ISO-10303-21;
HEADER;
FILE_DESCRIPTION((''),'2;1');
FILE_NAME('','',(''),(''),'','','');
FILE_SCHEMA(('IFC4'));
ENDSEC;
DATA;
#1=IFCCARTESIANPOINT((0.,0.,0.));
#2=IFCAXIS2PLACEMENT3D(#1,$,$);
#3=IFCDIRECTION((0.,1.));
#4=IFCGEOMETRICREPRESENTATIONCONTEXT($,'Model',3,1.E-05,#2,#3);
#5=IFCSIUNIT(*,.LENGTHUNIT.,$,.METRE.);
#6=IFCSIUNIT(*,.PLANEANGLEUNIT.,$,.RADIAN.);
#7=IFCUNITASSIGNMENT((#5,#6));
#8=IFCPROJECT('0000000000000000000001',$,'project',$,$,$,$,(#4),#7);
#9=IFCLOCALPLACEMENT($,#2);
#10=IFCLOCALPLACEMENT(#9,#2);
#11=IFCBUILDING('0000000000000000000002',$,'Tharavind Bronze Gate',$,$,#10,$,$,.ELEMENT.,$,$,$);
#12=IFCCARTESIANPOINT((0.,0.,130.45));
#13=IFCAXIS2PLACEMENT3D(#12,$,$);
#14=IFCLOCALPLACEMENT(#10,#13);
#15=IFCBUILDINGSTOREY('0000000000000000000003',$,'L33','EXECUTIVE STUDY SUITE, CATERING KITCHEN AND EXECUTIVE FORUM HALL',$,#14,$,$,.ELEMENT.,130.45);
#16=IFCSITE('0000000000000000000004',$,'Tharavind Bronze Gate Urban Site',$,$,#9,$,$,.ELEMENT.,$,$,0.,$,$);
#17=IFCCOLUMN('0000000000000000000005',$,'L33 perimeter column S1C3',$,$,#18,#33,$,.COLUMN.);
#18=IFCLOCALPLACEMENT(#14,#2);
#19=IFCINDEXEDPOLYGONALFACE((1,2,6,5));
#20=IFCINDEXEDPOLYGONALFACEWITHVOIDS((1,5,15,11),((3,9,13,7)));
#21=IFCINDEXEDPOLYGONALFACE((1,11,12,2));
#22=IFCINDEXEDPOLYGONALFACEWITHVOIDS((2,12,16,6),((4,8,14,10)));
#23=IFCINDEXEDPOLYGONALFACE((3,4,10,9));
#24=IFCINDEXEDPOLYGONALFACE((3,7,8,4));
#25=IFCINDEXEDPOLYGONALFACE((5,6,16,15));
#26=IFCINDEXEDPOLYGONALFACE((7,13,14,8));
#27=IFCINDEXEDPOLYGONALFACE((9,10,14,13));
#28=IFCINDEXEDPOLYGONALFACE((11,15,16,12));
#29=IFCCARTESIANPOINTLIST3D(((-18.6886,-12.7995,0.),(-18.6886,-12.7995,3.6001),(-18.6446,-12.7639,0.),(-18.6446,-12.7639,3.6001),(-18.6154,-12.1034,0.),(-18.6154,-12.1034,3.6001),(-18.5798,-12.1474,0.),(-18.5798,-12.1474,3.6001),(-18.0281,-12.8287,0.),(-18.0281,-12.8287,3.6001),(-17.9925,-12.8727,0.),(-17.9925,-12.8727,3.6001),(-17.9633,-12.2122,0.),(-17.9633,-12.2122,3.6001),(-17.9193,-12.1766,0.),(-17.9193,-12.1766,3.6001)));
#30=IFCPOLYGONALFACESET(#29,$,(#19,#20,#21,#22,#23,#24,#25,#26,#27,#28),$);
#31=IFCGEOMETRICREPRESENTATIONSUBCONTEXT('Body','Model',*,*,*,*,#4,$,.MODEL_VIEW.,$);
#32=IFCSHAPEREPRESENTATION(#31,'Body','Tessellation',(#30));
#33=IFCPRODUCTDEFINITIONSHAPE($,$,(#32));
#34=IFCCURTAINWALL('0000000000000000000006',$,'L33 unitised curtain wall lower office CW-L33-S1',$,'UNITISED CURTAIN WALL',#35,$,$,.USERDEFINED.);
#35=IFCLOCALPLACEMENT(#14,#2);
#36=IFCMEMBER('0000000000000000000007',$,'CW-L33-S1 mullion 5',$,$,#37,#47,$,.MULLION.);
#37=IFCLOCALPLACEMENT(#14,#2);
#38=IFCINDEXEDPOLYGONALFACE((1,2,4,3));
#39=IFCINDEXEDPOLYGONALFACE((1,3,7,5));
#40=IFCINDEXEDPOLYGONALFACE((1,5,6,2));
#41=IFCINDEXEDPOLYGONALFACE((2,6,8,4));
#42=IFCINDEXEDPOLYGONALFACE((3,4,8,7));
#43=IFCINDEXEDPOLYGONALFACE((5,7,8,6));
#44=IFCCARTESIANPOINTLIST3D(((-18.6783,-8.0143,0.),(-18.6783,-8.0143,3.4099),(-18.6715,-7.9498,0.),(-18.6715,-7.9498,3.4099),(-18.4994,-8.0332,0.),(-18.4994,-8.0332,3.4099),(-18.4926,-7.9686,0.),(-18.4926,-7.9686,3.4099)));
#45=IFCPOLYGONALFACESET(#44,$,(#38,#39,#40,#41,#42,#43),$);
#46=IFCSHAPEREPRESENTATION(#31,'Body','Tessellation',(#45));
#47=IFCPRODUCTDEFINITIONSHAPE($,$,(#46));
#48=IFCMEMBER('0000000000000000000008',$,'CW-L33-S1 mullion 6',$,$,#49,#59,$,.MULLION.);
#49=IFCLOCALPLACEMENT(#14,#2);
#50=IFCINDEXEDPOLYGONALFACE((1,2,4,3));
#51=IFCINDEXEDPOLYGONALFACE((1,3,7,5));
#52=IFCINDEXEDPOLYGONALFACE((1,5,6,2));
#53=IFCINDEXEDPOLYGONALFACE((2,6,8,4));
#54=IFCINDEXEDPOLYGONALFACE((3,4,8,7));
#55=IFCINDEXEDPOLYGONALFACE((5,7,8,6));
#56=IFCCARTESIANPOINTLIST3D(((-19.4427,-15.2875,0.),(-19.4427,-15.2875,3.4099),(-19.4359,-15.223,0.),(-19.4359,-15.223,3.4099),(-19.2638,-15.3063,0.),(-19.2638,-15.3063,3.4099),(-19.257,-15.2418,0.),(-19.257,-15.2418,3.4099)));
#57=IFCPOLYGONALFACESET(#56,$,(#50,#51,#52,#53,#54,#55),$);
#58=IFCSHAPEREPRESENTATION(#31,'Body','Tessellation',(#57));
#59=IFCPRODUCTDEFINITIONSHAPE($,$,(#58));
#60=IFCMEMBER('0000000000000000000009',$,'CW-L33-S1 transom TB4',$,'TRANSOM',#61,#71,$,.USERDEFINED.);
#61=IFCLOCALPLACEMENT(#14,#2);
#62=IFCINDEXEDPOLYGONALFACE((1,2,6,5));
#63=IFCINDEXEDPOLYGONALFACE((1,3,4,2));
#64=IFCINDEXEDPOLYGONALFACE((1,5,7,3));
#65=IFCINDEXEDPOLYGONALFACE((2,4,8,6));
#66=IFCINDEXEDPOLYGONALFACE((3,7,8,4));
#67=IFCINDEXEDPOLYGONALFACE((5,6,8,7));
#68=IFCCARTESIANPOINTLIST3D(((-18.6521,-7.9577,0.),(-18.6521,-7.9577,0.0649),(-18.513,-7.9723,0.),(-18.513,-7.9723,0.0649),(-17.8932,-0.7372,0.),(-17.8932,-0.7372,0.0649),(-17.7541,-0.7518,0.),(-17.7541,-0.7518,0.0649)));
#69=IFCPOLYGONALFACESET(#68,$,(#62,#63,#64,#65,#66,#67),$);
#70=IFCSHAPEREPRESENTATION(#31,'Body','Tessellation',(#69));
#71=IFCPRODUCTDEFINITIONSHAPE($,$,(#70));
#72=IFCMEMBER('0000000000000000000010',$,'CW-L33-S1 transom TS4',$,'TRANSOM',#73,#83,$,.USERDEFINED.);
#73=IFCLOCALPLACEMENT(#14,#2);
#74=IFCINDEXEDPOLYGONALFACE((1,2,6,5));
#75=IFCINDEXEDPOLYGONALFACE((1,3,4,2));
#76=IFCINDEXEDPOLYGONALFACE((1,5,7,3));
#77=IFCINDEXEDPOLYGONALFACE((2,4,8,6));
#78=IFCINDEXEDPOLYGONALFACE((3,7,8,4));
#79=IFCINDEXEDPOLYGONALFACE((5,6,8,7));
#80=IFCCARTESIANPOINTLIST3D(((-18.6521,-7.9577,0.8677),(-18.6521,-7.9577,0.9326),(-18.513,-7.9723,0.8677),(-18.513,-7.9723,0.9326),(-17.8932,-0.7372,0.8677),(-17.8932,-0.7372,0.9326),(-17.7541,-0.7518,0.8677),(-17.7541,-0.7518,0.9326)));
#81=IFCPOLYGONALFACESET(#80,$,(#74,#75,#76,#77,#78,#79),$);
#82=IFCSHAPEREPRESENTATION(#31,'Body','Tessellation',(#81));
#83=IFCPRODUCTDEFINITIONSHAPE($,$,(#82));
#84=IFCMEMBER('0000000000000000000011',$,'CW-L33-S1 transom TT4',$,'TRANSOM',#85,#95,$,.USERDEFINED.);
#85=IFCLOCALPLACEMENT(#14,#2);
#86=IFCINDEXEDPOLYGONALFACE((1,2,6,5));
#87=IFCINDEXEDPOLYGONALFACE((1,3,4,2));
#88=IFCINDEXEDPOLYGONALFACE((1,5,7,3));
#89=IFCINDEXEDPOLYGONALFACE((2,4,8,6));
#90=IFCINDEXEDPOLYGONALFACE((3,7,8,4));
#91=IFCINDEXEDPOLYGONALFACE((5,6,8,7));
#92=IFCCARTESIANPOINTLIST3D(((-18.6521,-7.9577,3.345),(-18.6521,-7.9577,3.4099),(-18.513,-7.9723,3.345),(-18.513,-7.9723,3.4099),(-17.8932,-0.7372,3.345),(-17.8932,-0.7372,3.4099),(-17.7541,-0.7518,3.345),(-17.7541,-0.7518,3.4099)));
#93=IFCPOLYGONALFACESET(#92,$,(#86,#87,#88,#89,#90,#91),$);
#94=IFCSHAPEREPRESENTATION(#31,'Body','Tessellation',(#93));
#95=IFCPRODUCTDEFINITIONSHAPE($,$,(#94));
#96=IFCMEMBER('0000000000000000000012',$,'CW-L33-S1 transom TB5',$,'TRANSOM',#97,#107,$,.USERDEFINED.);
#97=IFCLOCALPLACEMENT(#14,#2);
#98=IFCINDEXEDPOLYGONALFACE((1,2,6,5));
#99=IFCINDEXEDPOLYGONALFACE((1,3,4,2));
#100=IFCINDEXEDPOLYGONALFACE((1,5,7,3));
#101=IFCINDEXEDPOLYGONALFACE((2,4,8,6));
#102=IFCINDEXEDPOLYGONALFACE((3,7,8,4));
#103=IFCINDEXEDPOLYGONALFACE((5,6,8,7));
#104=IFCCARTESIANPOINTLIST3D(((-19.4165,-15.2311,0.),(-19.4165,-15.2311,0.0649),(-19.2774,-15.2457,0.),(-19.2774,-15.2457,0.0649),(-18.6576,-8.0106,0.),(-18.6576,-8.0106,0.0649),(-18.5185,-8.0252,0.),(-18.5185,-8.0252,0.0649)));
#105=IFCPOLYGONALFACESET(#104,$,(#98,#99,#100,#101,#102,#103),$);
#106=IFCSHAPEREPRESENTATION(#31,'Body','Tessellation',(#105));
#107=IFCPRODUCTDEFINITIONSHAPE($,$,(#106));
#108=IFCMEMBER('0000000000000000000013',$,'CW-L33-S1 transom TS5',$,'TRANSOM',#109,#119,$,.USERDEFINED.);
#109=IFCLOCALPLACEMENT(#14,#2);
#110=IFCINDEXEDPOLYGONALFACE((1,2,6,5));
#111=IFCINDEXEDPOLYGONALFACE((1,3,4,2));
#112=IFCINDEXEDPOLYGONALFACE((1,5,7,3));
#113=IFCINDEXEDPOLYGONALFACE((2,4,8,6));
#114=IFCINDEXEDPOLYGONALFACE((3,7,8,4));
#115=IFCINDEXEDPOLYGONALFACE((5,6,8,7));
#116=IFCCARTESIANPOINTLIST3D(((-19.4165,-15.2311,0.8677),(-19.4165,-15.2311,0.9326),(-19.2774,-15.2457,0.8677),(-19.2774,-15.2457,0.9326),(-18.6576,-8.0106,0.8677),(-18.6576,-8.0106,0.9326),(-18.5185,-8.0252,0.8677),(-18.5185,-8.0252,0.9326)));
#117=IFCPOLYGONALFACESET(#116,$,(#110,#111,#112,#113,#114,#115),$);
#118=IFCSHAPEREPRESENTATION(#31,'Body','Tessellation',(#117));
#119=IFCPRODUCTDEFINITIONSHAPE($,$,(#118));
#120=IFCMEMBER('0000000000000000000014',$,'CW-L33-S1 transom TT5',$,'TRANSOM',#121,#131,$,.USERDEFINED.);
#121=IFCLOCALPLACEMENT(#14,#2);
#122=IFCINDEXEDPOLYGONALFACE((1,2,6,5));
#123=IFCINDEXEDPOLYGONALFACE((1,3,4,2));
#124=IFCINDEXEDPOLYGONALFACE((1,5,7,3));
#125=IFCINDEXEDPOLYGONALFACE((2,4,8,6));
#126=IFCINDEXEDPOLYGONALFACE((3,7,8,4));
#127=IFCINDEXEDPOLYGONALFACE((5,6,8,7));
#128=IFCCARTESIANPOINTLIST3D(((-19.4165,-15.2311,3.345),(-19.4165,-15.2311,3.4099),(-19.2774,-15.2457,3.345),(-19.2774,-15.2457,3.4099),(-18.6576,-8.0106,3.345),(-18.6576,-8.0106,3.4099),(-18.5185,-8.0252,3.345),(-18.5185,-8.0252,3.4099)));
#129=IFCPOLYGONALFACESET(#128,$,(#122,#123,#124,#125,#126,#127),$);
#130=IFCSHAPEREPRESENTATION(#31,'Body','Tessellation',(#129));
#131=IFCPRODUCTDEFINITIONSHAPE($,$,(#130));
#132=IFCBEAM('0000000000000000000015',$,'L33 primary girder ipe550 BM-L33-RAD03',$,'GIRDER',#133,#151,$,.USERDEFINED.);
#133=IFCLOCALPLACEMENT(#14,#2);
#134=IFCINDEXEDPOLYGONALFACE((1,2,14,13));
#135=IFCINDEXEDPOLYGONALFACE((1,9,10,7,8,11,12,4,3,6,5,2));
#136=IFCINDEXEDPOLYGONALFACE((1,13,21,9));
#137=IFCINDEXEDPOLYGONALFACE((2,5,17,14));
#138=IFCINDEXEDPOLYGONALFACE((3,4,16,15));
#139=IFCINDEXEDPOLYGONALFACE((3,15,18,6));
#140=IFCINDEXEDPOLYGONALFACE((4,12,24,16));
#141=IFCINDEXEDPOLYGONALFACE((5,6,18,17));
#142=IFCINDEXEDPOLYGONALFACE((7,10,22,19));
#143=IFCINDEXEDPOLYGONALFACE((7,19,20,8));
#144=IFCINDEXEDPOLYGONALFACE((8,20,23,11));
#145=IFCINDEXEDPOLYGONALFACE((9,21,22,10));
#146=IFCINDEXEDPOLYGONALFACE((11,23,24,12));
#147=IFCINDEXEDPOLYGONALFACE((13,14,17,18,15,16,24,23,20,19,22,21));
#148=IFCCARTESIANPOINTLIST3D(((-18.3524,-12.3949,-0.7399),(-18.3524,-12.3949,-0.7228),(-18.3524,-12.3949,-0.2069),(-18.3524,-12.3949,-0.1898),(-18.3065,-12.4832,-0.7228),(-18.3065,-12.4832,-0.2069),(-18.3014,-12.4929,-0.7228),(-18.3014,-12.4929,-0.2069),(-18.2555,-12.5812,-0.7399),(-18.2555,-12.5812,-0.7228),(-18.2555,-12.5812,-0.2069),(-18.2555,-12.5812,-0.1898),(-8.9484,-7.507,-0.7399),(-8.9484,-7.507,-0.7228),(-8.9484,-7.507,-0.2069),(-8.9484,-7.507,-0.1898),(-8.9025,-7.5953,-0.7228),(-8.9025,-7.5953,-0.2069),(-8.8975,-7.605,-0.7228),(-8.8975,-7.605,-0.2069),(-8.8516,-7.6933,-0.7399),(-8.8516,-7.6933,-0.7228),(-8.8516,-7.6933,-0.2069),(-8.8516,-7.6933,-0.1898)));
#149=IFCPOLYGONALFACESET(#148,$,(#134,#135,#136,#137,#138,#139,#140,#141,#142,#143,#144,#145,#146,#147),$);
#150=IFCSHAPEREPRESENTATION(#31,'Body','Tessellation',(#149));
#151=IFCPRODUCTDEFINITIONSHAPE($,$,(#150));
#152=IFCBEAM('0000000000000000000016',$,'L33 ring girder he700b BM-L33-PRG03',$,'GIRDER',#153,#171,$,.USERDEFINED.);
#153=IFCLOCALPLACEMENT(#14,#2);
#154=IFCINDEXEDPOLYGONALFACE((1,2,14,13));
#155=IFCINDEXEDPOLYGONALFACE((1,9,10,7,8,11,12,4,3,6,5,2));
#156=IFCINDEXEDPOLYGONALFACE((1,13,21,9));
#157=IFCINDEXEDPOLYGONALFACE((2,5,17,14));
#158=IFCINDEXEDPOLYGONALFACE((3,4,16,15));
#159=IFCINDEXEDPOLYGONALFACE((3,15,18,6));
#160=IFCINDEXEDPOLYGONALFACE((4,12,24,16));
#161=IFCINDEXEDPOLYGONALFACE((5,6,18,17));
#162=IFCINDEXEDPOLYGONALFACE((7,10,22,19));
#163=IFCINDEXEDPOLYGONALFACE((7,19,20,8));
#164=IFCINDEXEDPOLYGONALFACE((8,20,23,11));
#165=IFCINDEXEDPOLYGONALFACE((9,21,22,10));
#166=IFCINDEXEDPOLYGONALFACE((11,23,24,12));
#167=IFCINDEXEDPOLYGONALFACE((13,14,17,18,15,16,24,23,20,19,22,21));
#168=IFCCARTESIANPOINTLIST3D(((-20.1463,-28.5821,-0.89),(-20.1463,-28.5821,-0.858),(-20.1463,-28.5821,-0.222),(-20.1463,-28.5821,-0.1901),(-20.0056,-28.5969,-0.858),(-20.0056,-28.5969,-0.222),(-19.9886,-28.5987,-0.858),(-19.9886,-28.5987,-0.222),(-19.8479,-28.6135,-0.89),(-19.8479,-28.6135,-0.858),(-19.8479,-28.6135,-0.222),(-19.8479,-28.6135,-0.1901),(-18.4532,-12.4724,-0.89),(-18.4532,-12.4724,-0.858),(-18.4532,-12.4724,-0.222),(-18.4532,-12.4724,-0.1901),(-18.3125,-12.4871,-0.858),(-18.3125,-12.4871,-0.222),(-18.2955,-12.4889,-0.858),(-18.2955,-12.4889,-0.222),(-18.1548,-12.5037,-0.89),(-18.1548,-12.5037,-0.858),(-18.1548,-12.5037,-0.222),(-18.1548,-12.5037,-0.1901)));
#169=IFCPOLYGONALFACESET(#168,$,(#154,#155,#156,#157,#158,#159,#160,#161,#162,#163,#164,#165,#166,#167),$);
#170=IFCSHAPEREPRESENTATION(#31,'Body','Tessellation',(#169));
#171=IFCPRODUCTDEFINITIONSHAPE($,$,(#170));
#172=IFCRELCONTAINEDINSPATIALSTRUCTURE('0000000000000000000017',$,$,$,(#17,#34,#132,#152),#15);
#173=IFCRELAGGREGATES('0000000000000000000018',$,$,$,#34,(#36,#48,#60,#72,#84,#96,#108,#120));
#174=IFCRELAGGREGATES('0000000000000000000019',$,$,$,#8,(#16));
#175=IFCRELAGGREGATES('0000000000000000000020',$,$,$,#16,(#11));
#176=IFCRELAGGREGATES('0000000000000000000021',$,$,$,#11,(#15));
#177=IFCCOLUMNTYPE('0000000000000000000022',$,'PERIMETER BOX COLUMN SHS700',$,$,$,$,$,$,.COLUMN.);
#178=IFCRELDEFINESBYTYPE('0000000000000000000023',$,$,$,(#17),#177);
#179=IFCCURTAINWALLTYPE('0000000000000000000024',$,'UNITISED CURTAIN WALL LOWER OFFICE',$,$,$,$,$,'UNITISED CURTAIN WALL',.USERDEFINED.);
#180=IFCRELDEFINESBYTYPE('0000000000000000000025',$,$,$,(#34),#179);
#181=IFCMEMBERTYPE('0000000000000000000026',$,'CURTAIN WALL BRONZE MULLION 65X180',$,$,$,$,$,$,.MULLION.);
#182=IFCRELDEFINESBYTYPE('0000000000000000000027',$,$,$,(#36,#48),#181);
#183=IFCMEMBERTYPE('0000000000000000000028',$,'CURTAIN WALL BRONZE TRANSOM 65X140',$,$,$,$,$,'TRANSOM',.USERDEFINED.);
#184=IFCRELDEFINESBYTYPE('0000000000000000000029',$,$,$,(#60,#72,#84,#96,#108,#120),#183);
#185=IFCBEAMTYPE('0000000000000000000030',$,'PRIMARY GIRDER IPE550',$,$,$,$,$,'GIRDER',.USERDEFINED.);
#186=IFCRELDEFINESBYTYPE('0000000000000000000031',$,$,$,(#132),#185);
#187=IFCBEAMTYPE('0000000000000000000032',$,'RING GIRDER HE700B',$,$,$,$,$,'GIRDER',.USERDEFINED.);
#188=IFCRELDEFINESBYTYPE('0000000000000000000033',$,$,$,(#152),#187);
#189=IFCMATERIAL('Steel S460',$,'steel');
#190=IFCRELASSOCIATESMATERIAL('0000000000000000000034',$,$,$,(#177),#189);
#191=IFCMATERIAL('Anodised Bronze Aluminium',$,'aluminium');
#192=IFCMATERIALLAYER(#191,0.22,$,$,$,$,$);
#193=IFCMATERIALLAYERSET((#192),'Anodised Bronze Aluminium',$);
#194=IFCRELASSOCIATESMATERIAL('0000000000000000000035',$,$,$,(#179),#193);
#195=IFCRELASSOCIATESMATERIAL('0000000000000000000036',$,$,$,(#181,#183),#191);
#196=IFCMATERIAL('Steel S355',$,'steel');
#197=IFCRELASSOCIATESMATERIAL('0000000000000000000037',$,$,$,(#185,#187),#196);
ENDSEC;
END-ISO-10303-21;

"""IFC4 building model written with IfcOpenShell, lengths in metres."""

from ifc_helpers import new_model, si_unit, direction, frame, origin, origin_2d, place, context, subcontext, project, spatial, rectangle, hollow_rectangle, i_section, extrude, material, layer, layer_set, material_profile, profile_set, type_object, element, aggregate, save


model = new_model("IFC4")

# Units and contexts
model_context = context("Model", 3, precision=1e-05, world=origin(), true_north=direction((0.0, 1.0)))
body_context = subcontext(model_context, "Body", "Model", "MODEL_VIEW")
ifc_project = project(units=[si_unit("LENGTHUNIT", "METRE"), si_unit("PLANEANGLEUNIT", "RADIAN")], contexts=[model_context])

# Site, building, storey
site_placement = place(None, origin())
site = spatial("IfcSite", under=ifc_project, at=site_placement, Name="Tharavind Bronze Gate Urban Site", CompositionType="ELEMENT", RefElevation=0.0)
building_placement = place(site_placement, origin())
building = spatial("IfcBuilding", under=site, at=building_placement, Name="Tharavind Bronze Gate", CompositionType="ELEMENT")
storey_placement = place(building_placement, frame((0.0, 0.0, 130.45)))
storey = spatial("IfcBuildingStorey", under=building, at=storey_placement, Name="L33", Description="EXECUTIVE STUDY SUITE, CATERING KITCHEN AND EXECUTIVE FORUM HALL", CompositionType="ELEMENT", Elevation=130.45)

# Column
ifc_material_1 = material(Name="Steel S460", Category="steel")
ifc_material_profile_1 = material_profile(ifc_material_1, hollow_rectangle(XDim=0.7, YDim=0.7, WallThickness=0.04, at=origin_2d()), Name="SHS700X40")
ifc_profile_set_1 = profile_set([ifc_material_profile_1], Name="Steel S460")
column_type = type_object("IfcColumnType", Name="PERIMETER BOX COLUMN SHS700", PredefinedType="COLUMN", material=ifc_profile_set_1)
column_placement = place(storey_placement, frame((-18.304, -12.488, 0.0), z_axis=(0.0, 0.0, 1.0), x_axis=(0.10453, 0.994522, 0.0)))
element("IfcColumn", 1, at=column_placement, inside=storey, type_object=column_type, Name="L33 perimeter column S1C3", PredefinedType="COLUMN", context=body_context, shape_type="SweptSolid", body=[
    extrude(hollow_rectangle(XDim=0.7, YDim=0.7, WallThickness=0.04, at=origin_2d()), origin(), (0.0, 0.0, 1.0), 3.6001),
])

# Curtain wall, members
ifc_material_2 = material(Name="Anodised Bronze Aluminium", Category="aluminium")
ifc_layer_1 = layer(ifc_material_2, 0.22)
ifc_layer_set_1 = layer_set([ifc_layer_1], Name="Anodised Bronze Aluminium")
curtain_wall_type = type_object("IfcCurtainWallType", Name="UNITISED CURTAIN WALL LOWER OFFICE", ElementType="UNITISED CURTAIN WALL", PredefinedType="USERDEFINED", material=ifc_layer_set_1)
curtain_wall_placement = place(storey_placement, origin())
curtain_wall = element("IfcCurtainWall", 2, at=curtain_wall_placement, inside=storey, type_object=curtain_wall_type, Name="L33 unitised curtain wall lower office CW-L33-S1", ObjectType="UNITISED CURTAIN WALL", PredefinedType="USERDEFINED")
member_type_1 = type_object("IfcMemberType", Name="CURTAIN WALL BRONZE MULLION 65X180", PredefinedType="MULLION", material=ifc_material_2)
member_1_placement = place(storey_placement, frame((-18.5854, -7.9915, 0.0), z_axis=(0.0, 0.0, 1.0), x_axis=(-0.104527, -0.994522, 0.0)))
member_1 = element("IfcMember", 3, at=member_1_placement, type_object=member_type_1, Name="CW-L33-S1 mullion 5", PredefinedType="MULLION", context=body_context, shape_type="SweptSolid", body=[
    extrude(rectangle(XDim=0.0649, YDim=0.1799, at=origin_2d()), origin(), (0.0, 0.0, 1.0), 3.4099),
])
member_2_placement = place(storey_placement, frame((-19.3499, -15.2646, 0.0), z_axis=(0.0, 0.0, 1.0), x_axis=(-0.104527, -0.994522, 0.0)))
member_2 = element("IfcMember", 4, at=member_2_placement, type_object=member_type_1, Name="CW-L33-S1 mullion 6", PredefinedType="MULLION", context=body_context, shape_type="SweptSolid", body=[
    extrude(rectangle(XDim=0.0649, YDim=0.1799, at=origin_2d()), origin(), (0.0, 0.0, 1.0), 3.4099),
])
member_type_2 = type_object("IfcMemberType", Name="CURTAIN WALL BRONZE TRANSOM 65X140", ElementType="TRANSOM", PredefinedType="USERDEFINED", material=ifc_material_2)
member_3_placement = place(storey_placement, frame((-18.2031, -4.3547, 0.0), z_axis=(0.0, 0.0, 1.0), x_axis=(-0.104527, -0.994522, 0.0)))
member_3 = element("IfcMember", 5, at=member_3_placement, type_object=member_type_2, Name="CW-L33-S1 transom TB4", ObjectType="TRANSOM", PredefinedType="USERDEFINED", context=body_context, shape_type="SweptSolid", body=[
    extrude(rectangle(XDim=7.2603, YDim=0.1399, at=origin_2d()), origin(), (0.0, 0.0, 1.0), 0.0649),
])
member_4_placement = place(storey_placement, frame((-18.2031, -4.3547, 0.8677), z_axis=(0.0, 0.0, 1.0), x_axis=(-0.104527, -0.994522, 0.0)))
member_4 = element("IfcMember", 6, at=member_4_placement, type_object=member_type_2, Name="CW-L33-S1 transom TS4", ObjectType="TRANSOM", PredefinedType="USERDEFINED", context=body_context, shape_type="SweptSolid", body=[
    extrude(rectangle(XDim=7.2603, YDim=0.1399, at=origin_2d()), origin(), (0.0, 0.0, 1.0), 0.0649),
])
member_5_placement = place(storey_placement, frame((-18.2031, -4.3547, 3.345), z_axis=(0.0, 0.0, 1.0), x_axis=(-0.104527, -0.994522, 0.0)))
member_5 = element("IfcMember", 7, at=member_5_placement, type_object=member_type_2, Name="CW-L33-S1 transom TT4", ObjectType="TRANSOM", PredefinedType="USERDEFINED", context=body_context, shape_type="SweptSolid", body=[
    extrude(rectangle(XDim=7.2603, YDim=0.1399, at=origin_2d()), origin(), (0.0, 0.0, 1.0), 0.0649),
])
member_6_placement = place(storey_placement, frame((-18.9675, -11.6282, 0.0), z_axis=(0.0, 0.0, 1.0), x_axis=(-0.104527, -0.994522, 0.0)))
member_6 = element("IfcMember", 8, at=member_6_placement, type_object=member_type_2, Name="CW-L33-S1 transom TB5", ObjectType="TRANSOM", PredefinedType="USERDEFINED", context=body_context, shape_type="SweptSolid", body=[
    extrude(rectangle(XDim=7.2603, YDim=0.1399, at=origin_2d()), origin(), (0.0, 0.0, 1.0), 0.0649),
])
member_7_placement = place(storey_placement, frame((-18.9675, -11.6282, 0.8677), z_axis=(0.0, 0.0, 1.0), x_axis=(-0.104527, -0.994522, 0.0)))
member_7 = element("IfcMember", 9, at=member_7_placement, type_object=member_type_2, Name="CW-L33-S1 transom TS5", ObjectType="TRANSOM", PredefinedType="USERDEFINED", context=body_context, shape_type="SweptSolid", body=[
    extrude(rectangle(XDim=7.2603, YDim=0.1399, at=origin_2d()), origin(), (0.0, 0.0, 1.0), 0.0649),
])
member_8_placement = place(storey_placement, frame((-18.9675, -11.6282, 3.345), z_axis=(0.0, 0.0, 1.0), x_axis=(-0.104527, -0.994522, 0.0)))
member_8 = element("IfcMember", 10, at=member_8_placement, type_object=member_type_2, Name="CW-L33-S1 transom TT5", ObjectType="TRANSOM", PredefinedType="USERDEFINED", context=body_context, shape_type="SweptSolid", body=[
    extrude(rectangle(XDim=7.2603, YDim=0.1399, at=origin_2d()), origin(), (0.0, 0.0, 1.0), 0.0649),
])

# Beams
ifc_material_3 = material(Name="Steel S355", Category="steel")
ifc_material_profile_2 = material_profile(ifc_material_3, i_section(OverallWidth=0.21, OverallDepth=0.55, WebThickness=0.011, FlangeThickness=0.0171, at=origin_2d()), Name="IPE550")
ifc_profile_set_2 = profile_set([ifc_material_profile_2], Name="Steel S355")
beam_type_1 = type_object("IfcBeamType", Name="PRIMARY GIRDER IPE550", ElementType="GIRDER", PredefinedType="USERDEFINED", material=ifc_profile_set_2)
beam_1_placement = place(storey_placement, frame((-18.304, -12.488, -0.4648), z_axis=(0.887301, 0.461192, 0.0), x_axis=(-0.461192, 0.887301, 0.0)))
element("IfcBeam", 11, at=beam_1_placement, inside=storey, type_object=beam_type_1, Name="L33 primary girder ipe550 BM-L33-RAD03", ObjectType="GIRDER", PredefinedType="USERDEFINED", context=body_context, shape_type="SweptSolid", body=[
    extrude(i_section(OverallWidth=0.21, OverallDepth=0.55, WebThickness=0.011, FlangeThickness=0.0171, at=origin_2d()), origin(), (0.0, 0.0, 1.0), 10.5984),
])
ifc_material_profile_3 = material_profile(ifc_material_3, i_section(OverallWidth=0.3, OverallDepth=0.7, WebThickness=0.0171, FlangeThickness=0.032, at=origin_2d()), Name="HE700B")
ifc_profile_set_3 = profile_set([ifc_material_profile_3], Name="Steel S355")
beam_type_2 = type_object("IfcBeamType", Name="RING GIRDER HE700B", ElementType="GIRDER", PredefinedType="USERDEFINED", material=ifc_profile_set_3)
beam_2_placement = place(storey_placement, frame((-18.304, -12.488, -0.54), z_axis=(-0.104522, -0.994523, 0.0), x_axis=(0.994523, -0.104522, 0.0)))
element("IfcBeam", 12, at=beam_2_placement, inside=storey, type_object=beam_type_2, Name="L33 ring girder he700b BM-L33-PRG03", ObjectType="GIRDER", PredefinedType="USERDEFINED", context=body_context, shape_type="SweptSolid", body=[
    extrude(i_section(OverallWidth=0.3, OverallDepth=0.7, WebThickness=0.0171, FlangeThickness=0.032, at=origin_2d()), origin(), (0.0, 0.0, 1.0), 16.1985),
])

aggregate(curtain_wall, [member_1, member_2, member_3, member_4, member_5, member_6, member_7, member_8])

save(model, "model.ifc")
